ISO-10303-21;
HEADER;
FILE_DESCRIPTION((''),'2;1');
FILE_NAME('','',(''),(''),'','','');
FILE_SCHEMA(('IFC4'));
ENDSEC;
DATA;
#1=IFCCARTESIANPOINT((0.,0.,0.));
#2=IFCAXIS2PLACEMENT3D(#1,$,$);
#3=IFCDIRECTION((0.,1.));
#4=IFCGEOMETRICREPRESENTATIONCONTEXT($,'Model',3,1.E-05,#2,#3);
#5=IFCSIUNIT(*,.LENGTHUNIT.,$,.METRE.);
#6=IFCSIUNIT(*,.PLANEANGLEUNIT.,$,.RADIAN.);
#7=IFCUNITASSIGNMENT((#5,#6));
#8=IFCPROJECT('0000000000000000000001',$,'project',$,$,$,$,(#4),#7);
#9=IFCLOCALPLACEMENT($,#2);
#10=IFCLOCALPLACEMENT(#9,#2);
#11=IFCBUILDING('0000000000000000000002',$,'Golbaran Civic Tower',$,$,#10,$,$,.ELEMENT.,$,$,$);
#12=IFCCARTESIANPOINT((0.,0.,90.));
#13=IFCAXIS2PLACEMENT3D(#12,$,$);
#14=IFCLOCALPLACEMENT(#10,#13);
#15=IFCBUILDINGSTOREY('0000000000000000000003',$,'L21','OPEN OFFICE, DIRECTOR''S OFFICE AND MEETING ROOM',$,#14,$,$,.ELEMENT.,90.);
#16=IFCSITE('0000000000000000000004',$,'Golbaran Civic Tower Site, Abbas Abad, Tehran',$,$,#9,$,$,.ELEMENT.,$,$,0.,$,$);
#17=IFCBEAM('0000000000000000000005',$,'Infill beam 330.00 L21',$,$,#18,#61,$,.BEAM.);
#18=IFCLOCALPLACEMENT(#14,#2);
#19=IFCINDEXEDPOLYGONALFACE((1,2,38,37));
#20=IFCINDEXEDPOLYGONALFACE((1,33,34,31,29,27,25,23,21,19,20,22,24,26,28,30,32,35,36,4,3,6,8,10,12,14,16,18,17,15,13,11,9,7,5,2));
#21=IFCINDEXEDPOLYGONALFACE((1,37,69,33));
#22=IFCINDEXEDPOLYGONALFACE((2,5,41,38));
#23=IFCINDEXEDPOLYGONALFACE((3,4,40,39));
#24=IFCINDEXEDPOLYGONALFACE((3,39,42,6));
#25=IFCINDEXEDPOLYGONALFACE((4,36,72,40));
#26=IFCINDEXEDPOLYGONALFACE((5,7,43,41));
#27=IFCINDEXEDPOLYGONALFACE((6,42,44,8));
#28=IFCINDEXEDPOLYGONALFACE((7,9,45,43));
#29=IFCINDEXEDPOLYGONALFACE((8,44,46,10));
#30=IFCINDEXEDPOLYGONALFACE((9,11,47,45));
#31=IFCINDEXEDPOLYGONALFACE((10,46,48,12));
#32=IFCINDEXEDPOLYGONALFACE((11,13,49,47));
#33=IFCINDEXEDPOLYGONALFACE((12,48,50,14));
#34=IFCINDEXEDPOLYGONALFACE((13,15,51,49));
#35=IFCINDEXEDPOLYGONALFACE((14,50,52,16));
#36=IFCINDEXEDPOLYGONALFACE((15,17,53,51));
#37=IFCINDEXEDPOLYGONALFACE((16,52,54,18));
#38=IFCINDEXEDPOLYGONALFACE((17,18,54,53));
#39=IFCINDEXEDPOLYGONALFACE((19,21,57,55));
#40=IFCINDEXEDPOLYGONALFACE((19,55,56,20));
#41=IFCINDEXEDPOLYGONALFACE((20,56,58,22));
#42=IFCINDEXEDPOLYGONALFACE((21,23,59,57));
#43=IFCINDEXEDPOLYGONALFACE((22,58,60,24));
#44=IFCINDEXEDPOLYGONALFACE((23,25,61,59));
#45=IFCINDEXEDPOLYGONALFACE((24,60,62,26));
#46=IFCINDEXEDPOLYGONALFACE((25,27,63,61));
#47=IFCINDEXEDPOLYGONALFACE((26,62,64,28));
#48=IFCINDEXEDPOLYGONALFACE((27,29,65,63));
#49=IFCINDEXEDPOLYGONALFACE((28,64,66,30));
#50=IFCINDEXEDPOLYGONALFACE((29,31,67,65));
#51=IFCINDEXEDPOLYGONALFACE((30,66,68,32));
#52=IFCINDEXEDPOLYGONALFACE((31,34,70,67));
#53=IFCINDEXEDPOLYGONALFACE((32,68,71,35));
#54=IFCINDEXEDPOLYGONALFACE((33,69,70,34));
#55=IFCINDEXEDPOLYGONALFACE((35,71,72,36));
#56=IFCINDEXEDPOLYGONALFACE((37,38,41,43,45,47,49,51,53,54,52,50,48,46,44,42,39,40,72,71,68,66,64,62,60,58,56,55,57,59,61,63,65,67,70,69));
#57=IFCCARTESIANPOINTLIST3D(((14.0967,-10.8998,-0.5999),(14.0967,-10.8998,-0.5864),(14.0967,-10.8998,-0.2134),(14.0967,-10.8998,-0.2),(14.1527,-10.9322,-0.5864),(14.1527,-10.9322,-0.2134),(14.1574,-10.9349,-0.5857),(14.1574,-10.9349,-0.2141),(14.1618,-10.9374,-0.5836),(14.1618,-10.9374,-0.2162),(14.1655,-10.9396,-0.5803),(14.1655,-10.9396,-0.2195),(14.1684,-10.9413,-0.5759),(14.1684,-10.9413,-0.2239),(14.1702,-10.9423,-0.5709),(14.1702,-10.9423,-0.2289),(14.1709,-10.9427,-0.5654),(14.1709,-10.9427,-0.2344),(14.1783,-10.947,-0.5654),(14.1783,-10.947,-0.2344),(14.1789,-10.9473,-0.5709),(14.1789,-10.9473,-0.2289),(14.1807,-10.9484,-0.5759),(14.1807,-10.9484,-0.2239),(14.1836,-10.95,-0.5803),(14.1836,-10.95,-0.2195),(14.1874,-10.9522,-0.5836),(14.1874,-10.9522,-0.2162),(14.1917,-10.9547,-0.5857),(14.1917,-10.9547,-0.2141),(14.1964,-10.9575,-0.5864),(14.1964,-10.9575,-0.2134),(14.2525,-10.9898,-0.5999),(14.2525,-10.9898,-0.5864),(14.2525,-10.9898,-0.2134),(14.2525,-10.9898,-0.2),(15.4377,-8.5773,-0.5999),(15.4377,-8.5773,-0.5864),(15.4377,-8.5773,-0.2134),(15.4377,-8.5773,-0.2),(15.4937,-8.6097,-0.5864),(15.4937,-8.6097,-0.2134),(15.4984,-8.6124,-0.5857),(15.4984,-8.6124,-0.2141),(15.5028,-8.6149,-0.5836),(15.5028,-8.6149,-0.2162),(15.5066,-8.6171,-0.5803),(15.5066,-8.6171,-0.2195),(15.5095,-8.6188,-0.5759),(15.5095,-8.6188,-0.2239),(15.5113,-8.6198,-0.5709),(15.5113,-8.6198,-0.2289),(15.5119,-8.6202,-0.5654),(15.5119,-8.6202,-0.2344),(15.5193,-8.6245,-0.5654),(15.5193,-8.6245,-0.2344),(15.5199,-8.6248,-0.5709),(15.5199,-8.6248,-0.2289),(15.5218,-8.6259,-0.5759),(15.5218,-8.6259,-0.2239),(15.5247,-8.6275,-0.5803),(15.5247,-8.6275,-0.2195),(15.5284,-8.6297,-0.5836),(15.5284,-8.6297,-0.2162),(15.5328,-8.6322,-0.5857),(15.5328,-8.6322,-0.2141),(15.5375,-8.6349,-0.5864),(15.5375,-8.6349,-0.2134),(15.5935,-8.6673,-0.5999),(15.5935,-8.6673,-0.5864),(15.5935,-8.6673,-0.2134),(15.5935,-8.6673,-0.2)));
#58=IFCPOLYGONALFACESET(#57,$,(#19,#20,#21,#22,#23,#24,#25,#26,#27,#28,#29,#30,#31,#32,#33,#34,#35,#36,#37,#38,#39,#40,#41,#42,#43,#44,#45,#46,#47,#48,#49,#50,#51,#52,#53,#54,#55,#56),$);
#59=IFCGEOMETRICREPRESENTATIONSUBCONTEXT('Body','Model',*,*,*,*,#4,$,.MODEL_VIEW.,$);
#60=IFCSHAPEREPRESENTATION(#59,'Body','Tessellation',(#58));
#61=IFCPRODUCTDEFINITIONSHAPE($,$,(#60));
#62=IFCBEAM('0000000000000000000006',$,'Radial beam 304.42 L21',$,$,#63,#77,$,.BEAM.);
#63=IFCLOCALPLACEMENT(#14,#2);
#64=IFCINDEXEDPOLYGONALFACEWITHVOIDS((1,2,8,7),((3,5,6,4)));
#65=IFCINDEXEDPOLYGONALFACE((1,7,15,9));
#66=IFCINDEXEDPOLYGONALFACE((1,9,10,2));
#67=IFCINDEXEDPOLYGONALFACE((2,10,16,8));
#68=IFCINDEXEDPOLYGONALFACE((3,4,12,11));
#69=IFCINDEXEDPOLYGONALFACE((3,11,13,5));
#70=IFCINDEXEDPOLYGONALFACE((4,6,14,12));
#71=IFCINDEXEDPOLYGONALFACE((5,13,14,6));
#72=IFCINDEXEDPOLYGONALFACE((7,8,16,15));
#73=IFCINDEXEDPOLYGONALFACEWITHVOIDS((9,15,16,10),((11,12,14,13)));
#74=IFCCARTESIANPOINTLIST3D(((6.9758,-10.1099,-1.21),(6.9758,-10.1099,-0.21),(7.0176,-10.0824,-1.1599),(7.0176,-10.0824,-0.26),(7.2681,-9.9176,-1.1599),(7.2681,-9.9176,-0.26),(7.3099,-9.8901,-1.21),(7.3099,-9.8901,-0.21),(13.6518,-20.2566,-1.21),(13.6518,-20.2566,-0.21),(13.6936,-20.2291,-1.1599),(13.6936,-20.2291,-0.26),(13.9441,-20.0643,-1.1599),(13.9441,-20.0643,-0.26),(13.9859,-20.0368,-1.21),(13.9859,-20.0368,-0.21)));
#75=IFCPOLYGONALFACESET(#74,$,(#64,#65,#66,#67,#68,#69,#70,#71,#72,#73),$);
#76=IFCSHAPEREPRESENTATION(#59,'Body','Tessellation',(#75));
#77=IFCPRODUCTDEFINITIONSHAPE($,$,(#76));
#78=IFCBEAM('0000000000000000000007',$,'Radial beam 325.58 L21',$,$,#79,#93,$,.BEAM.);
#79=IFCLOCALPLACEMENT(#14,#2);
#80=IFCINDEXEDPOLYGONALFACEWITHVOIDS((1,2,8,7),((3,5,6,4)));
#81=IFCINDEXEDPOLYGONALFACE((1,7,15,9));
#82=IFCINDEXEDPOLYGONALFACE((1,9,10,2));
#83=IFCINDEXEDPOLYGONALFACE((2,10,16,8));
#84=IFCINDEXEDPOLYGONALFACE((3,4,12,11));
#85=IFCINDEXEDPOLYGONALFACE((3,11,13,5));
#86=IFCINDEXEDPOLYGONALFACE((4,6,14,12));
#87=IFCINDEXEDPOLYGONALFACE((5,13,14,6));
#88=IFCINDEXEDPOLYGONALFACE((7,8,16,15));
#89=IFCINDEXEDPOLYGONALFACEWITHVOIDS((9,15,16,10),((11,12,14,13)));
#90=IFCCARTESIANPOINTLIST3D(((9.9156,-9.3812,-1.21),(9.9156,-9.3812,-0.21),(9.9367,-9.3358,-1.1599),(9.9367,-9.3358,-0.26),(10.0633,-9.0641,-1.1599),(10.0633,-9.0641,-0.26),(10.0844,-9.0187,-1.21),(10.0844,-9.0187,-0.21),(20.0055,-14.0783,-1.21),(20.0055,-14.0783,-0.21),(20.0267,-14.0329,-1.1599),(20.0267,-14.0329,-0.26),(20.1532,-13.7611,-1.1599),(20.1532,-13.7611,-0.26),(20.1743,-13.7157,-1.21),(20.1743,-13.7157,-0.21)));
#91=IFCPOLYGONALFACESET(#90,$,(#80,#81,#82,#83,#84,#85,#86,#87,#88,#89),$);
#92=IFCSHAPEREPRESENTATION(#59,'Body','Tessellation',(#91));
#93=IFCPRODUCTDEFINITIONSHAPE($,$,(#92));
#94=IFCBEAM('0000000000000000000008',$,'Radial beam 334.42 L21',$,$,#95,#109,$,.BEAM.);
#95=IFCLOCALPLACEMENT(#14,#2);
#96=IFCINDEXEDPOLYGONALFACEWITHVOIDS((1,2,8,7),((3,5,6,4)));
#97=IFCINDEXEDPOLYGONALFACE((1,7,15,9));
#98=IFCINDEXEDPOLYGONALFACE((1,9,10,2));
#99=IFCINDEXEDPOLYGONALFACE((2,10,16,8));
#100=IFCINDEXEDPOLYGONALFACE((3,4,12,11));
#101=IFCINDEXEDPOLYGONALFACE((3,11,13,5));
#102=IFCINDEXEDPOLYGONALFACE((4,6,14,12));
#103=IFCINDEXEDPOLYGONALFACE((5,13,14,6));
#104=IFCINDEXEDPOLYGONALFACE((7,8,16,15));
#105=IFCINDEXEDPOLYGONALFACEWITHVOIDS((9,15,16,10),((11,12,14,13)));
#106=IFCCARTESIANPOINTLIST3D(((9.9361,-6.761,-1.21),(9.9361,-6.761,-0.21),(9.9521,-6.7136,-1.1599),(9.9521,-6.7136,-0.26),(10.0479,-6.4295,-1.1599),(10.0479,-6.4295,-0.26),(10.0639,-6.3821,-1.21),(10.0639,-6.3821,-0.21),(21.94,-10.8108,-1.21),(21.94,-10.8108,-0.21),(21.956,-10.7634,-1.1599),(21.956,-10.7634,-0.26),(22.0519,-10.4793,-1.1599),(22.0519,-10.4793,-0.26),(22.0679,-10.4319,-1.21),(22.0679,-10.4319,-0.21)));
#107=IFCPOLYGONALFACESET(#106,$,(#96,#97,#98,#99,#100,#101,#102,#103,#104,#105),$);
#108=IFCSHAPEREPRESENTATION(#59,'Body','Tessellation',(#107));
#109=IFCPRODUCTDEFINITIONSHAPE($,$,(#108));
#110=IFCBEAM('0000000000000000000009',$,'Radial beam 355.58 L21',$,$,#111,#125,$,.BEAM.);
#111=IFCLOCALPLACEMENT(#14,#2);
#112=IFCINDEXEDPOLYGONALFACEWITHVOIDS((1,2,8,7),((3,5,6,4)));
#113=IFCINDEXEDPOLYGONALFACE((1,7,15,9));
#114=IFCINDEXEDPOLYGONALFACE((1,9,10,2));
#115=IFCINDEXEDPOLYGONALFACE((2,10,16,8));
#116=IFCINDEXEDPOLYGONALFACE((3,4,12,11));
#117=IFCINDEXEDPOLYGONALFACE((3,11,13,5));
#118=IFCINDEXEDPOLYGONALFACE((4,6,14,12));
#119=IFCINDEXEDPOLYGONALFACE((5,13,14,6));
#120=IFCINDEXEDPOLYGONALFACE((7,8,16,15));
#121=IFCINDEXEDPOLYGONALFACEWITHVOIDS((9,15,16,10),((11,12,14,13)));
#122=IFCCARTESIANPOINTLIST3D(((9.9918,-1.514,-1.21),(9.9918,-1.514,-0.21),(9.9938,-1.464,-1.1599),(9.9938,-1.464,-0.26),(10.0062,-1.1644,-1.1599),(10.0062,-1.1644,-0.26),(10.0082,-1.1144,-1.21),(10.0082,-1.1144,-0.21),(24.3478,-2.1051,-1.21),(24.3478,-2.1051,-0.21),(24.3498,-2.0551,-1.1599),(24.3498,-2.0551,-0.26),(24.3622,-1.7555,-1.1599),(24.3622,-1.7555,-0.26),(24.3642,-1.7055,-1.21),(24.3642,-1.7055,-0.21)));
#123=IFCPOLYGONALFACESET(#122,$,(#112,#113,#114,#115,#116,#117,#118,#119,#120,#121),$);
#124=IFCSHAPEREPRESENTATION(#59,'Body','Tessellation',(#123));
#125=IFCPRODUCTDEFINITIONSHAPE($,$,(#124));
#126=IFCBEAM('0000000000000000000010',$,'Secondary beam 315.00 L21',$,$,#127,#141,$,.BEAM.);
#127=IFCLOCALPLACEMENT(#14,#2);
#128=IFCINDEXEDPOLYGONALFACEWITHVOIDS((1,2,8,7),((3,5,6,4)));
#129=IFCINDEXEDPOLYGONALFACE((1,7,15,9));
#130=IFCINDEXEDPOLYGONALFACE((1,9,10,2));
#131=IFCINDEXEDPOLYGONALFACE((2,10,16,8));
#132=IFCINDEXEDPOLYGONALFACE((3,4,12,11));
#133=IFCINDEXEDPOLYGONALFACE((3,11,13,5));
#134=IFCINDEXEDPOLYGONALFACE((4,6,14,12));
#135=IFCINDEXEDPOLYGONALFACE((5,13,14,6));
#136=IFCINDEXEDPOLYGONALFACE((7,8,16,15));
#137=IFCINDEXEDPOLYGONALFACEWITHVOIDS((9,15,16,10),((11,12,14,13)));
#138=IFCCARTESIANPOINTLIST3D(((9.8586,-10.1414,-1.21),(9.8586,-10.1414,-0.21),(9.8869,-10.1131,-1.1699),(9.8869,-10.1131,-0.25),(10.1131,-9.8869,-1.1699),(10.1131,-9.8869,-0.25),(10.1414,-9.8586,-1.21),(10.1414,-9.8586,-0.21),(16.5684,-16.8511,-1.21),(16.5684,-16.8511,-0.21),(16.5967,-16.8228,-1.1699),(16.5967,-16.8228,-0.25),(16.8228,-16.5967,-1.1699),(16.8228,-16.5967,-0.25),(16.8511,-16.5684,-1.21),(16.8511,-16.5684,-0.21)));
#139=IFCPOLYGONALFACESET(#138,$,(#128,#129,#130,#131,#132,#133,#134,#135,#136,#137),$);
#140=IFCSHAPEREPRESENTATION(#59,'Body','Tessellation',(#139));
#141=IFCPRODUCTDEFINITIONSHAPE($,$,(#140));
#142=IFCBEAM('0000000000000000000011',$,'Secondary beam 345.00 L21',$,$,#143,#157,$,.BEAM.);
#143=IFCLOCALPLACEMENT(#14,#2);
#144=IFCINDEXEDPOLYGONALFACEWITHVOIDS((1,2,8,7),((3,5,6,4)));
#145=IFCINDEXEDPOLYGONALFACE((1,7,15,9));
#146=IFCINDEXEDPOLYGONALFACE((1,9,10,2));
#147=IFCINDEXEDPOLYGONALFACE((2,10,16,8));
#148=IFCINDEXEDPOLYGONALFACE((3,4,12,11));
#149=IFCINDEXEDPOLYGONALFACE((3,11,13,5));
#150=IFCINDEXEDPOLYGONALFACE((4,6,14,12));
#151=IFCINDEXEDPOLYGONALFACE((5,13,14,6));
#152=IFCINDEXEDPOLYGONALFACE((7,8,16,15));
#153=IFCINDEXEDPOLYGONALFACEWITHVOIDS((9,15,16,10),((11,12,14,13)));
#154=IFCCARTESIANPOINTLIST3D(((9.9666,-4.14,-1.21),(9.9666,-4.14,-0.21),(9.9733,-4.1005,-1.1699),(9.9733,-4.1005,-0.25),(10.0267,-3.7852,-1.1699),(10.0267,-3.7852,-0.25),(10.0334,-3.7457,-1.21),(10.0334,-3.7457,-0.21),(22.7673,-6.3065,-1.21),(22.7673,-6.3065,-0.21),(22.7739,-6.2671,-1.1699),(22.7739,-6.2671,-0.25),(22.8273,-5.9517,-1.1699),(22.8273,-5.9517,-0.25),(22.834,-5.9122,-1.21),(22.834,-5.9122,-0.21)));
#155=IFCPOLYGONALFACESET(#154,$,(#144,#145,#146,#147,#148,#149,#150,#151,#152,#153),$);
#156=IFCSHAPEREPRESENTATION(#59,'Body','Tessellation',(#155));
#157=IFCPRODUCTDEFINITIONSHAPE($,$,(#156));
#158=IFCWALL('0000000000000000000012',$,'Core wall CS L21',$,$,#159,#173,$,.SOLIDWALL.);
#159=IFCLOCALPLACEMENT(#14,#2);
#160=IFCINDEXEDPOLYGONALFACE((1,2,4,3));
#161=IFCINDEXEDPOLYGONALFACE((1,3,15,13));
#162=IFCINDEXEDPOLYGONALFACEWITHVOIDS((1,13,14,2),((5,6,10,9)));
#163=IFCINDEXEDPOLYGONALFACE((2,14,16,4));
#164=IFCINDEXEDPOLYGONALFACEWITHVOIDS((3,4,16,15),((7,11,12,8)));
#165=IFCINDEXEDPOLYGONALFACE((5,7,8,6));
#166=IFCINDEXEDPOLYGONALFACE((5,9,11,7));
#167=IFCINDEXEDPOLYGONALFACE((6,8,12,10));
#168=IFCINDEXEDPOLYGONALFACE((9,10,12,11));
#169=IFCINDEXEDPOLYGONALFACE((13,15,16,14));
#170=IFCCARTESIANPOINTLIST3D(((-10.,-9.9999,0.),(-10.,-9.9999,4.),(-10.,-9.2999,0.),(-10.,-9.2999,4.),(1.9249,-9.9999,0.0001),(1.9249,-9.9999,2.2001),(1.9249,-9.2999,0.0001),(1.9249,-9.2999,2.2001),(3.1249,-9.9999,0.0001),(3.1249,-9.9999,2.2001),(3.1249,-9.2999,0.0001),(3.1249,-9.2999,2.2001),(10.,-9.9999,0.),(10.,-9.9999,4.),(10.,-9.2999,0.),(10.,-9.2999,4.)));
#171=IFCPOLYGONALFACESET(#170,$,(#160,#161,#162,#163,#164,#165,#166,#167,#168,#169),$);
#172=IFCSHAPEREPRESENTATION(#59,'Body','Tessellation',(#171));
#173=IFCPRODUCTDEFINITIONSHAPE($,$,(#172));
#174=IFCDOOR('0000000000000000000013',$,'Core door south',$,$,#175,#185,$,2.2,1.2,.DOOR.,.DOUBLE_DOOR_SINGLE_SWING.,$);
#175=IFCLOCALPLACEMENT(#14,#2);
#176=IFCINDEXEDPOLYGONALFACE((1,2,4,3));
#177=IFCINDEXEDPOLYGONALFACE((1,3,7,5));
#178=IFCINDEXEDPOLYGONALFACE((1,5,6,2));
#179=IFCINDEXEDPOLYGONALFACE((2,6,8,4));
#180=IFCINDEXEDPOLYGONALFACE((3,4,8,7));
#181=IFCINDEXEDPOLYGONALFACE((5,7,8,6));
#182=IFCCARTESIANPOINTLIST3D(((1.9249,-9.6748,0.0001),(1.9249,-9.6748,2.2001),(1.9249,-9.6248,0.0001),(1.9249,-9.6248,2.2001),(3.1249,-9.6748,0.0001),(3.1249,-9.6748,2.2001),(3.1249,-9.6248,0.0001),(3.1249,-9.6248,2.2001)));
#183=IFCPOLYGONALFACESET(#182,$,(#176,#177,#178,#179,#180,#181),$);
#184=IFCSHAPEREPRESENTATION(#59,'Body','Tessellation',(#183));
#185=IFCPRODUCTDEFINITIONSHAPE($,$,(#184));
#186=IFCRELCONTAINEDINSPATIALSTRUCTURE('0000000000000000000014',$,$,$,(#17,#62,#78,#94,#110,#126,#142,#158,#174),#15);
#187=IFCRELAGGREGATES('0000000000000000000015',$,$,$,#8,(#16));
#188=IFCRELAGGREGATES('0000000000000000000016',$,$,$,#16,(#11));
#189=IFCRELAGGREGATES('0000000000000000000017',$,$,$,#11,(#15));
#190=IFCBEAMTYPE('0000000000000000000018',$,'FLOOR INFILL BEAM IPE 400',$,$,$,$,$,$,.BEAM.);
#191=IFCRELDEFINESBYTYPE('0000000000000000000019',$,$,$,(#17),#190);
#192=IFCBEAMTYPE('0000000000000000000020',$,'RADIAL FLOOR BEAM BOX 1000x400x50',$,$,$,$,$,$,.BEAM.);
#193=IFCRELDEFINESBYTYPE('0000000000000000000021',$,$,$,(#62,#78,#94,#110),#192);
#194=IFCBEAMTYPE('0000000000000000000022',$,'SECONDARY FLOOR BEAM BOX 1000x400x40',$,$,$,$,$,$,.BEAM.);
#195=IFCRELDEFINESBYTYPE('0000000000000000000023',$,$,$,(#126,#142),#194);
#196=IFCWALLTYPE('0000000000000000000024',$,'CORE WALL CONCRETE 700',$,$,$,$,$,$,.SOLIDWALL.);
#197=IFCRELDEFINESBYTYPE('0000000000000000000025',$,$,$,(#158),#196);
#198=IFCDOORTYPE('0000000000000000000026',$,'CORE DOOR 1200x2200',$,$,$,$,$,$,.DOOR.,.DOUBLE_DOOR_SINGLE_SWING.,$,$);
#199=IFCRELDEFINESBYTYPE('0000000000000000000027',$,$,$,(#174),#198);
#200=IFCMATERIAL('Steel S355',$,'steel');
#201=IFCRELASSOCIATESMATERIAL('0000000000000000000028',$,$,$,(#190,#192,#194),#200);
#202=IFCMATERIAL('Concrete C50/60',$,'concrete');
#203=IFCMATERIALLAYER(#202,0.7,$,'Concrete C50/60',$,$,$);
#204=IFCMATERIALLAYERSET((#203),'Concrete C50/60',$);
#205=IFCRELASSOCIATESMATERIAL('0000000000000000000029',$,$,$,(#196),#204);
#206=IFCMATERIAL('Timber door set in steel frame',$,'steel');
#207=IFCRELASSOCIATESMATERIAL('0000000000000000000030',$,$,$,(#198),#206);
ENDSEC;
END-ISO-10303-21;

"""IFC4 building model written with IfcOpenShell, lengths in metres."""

from ifc_helpers import new_model, si_unit, direction, frame, frame_2d, origin, origin_2d, place, context, subcontext, project, spatial, rectangle, hollow_rectangle, i_section, extrude, material, layer, layer_set, material_profile, profile_set, type_object, element, fill, save


model = new_model("IFC4")

# Units and contexts
model_context = context("Model", 3, precision=1e-05, world=origin(), true_north=direction((0.0, 1.0)))
body_context = subcontext(model_context, "Body", "Model", "MODEL_VIEW")
ifc_project = project(units=[si_unit("LENGTHUNIT", "METRE"), si_unit("PLANEANGLEUNIT", "RADIAN")], contexts=[model_context])

# Site, building, storey
site_placement = place(None, origin())
site = spatial("IfcSite", under=ifc_project, at=site_placement, Name="Golbaran Civic Tower Site, Abbas Abad, Tehran", CompositionType="ELEMENT", RefElevation=0.0)
building_placement = place(site_placement, origin())
building = spatial("IfcBuilding", under=site, at=building_placement, Name="Golbaran Civic Tower", CompositionType="ELEMENT")
storey_placement = place(building_placement, frame((0.0, 0.0, 90.0)))
storey = spatial("IfcBuildingStorey", under=building, at=storey_placement, Name="L21", Description="OPEN OFFICE, DIRECTOR'S OFFICE AND MEETING ROOM", CompositionType="ELEMENT", Elevation=90.0)

# Beams
ifc_material_1 = material(Name="Steel S355", Category="steel")
ifc_material_profile_1 = material_profile(ifc_material_1, i_section(OverallWidth=0.1799, OverallDepth=0.3999, WebThickness=0.0085, FlangeThickness=0.0134, FilletRadius=0.021, at=origin_2d()), Name="IPE 400")
ifc_profile_set_1 = profile_set([ifc_material_profile_1], Name="Steel S355")
beam_type_1 = type_object("IfcBeamType", Name="FLOOR INFILL BEAM IPE 400", PredefinedType="BEAM", material=ifc_profile_set_1)
beam_1_placement = place(storey_placement, frame((14.1746, -10.9448, -0.3999), z_axis=(0.500046, 0.865999, 0.0), x_axis=(-0.865999, 0.500046, 0.0)))
element("IfcBeam", 1, at=beam_1_placement, inside=storey, type_object=beam_type_1, Name="Infill beam 330.00 L21", PredefinedType="BEAM", context=body_context, shape_type="SweptSolid", body=[
    extrude(i_section(OverallWidth=0.1799, OverallDepth=0.3999, WebThickness=0.0085, FlangeThickness=0.0134, FilletRadius=0.021, at=origin_2d()), origin(), (0.0, 0.0, 1.0), 2.6819),
])
ifc_material_profile_2 = material_profile(ifc_material_1, hollow_rectangle(XDim=0.3999, YDim=1.0, WallThickness=0.05, at=origin_2d()), Name="BOX 1000x400x50")
ifc_profile_set_2 = profile_set([ifc_material_profile_2], Name="Steel S355")
beam_type_2 = type_object("IfcBeamType", Name="RADIAL FLOOR BEAM BOX 1000x400x50", PredefinedType="BEAM", material=ifc_profile_set_2)
beam_2_placement = place(storey_placement, frame((7.1428, -10.0, -0.71), z_axis=(0.549648, -0.835396, 0.0), x_axis=(0.835396, 0.549648, 0.0)))
element("IfcBeam", 2, at=beam_2_placement, inside=storey, type_object=beam_type_2, Name="Radial beam 304.42 L21", PredefinedType="BEAM", context=body_context, shape_type="SweptSolid", body=[
    extrude(hollow_rectangle(XDim=0.3999, YDim=1.0, WallThickness=0.05, at=origin_2d()), origin(), (0.0, 0.0, 1.0), 12.146),
])
beam_3_placement = place(storey_placement, frame((10.0, -9.2, -0.71), z_axis=(0.906581, -0.422031, 0.0), x_axis=(0.422031, 0.906581, 0.0)))
element("IfcBeam", 3, at=beam_3_placement, inside=storey, type_object=beam_type_2, Name="Radial beam 325.58 L21", PredefinedType="BEAM", context=body_context, shape_type="SweptSolid", body=[
    extrude(hollow_rectangle(XDim=0.3999, YDim=1.0, WallThickness=0.05, at=origin_2d()), origin(), (0.0, 0.0, 1.0), 11.1296),
])
beam_4_placement = place(storey_placement, frame((10.0, -6.5715, -0.71), z_axis=(0.947528, -0.319671, 0.0), x_axis=(0.319671, 0.947528, 0.0)))
element("IfcBeam", 4, at=beam_4_placement, inside=storey, type_object=beam_type_2, Name="Radial beam 334.42 L21", PredefinedType="BEAM", context=body_context, shape_type="SweptSolid", body=[
    extrude(hollow_rectangle(XDim=0.3999, YDim=1.0, WallThickness=0.05, at=origin_2d()), origin(), (0.0, 0.0, 1.0), 12.6687),
])
beam_5_placement = place(storey_placement, frame((10.0, -1.3142, -0.71), z_axis=(0.999154, -0.041137, 0.0), x_axis=(0.041137, 0.999154, 0.0)))
element("IfcBeam", 5, at=beam_5_placement, inside=storey, type_object=beam_type_2, Name="Radial beam 355.58 L21", PredefinedType="BEAM", context=body_context, shape_type="SweptSolid", body=[
    extrude(hollow_rectangle(XDim=0.3999, YDim=1.0, WallThickness=0.05, at=origin_2d()), origin(), (0.0, 0.0, 1.0), 14.3682),
])
ifc_material_profile_3 = material_profile(ifc_material_1, hollow_rectangle(XDim=0.3999, YDim=1.0, WallThickness=0.04, at=origin_2d()), Name="BOX 1000x400x40")
ifc_profile_set_3 = profile_set([ifc_material_profile_3], Name="Steel S355")
beam_type_3 = type_object("IfcBeamType", Name="SECONDARY FLOOR BEAM BOX 1000x400x40", PredefinedType="BEAM", material=ifc_profile_set_3)
beam_6_placement = place(storey_placement, frame((10.0, -10.0, -0.71), z_axis=(0.707107, -0.707107, 0.0), x_axis=(0.707107, 0.707107, 0.0)))
element("IfcBeam", 6, at=beam_6_placement, inside=storey, type_object=beam_type_3, Name="Secondary beam 315.00 L21", PredefinedType="BEAM", context=body_context, shape_type="SweptSolid", body=[
    extrude(hollow_rectangle(XDim=0.3999, YDim=1.0, WallThickness=0.04, at=origin_2d()), origin(), (0.0, 0.0, 1.0), 9.489),
])
beam_7_placement = place(storey_placement, frame((10.0, -3.9429, -0.71), z_axis=(0.985978, -0.166878, 0.0), x_axis=(0.166878, 0.985978, 0.0)))
element("IfcBeam", 7, at=beam_7_placement, inside=storey, type_object=beam_type_3, Name="Secondary beam 345.00 L21", PredefinedType="BEAM", context=body_context, shape_type="SweptSolid", body=[
    extrude(hollow_rectangle(XDim=0.3999, YDim=1.0, WallThickness=0.04, at=origin_2d()), origin(), (0.0, 0.0, 1.0), 12.9827),
])

# Wall, opening, door
ifc_material_2 = material(Name="Concrete C50/60", Category="concrete")
ifc_layer_1 = layer(ifc_material_2, 0.7, Name="Concrete C50/60")
ifc_layer_set_1 = layer_set([ifc_layer_1], Name="Concrete C50/60")
wall_type_1 = type_object("IfcWallType", Name="CORE WALL CONCRETE 700", PredefinedType="SOLIDWALL", material=ifc_layer_set_1)
wall_1_placement = place(storey_placement, frame((10.0, -9.6499, 0.0), z_axis=(0.0, 0.0, 1.0), x_axis=(-1.0, 0.0, 0.0)))
wall_1 = element("IfcWall", 8, at=wall_1_placement, inside=storey, type_object=wall_type_1, Name="Core wall CS L21", PredefinedType="SOLIDWALL", context=body_context, shape_type="SweptSolid", body=[
    extrude(rectangle(XDim=20.0, YDim=0.7, at=frame_2d((10.0, 0.0))), origin(), (0.0, 0.0, 1.0), 4.0),
])
opening_1_placement = place(wall_1_placement, frame((6.875, 0.0, 0.0)))
opening_1 = element("IfcOpeningElement", 9, at=opening_1_placement, cuts=wall_1, PredefinedType="OPENING", context=body_context, shape_type="SweptSolid", body=[
    extrude(rectangle(XDim=1.2, YDim=2.2, at=frame_2d((0.6001, 1.1001))), frame((0.0, 0.3599, 0.0), z_axis=(0.0, -1.0, 0.0), x_axis=(1.0, 0.0, 0.0)), (0.0, 0.0, 1.0), 0.72),
])
ifc_material_3 = material(Name="Timber door set in steel frame", Category="steel")
door_type_1 = type_object("IfcDoorType", Name="CORE DOOR 1200x2200", OperationType="DOUBLE_DOOR_SINGLE_SWING", PredefinedType="DOOR", material=ifc_material_3)
door_1_placement = place(opening_1_placement, origin())
door_1 = element("IfcDoor", 10, at=door_1_placement, inside=storey, type_object=door_type_1, Name="Core door south", OperationType="DOUBLE_DOOR_SINGLE_SWING", OverallHeight=2.2, OverallWidth=1.2, PredefinedType="DOOR", context=body_context, shape_type="SweptSolid", body=[
    extrude(rectangle(XDim=1.2, YDim=2.2, at=frame_2d((0.6001, 1.1001))), frame((0.0, 0.0249, 0.0), z_axis=(0.0, -1.0, 0.0), x_axis=(1.0, 0.0, 0.0)), (0.0, 0.0, 1.0), 0.05),
])
fill(opening_1, door_1)

save(model, "model.ifc")
